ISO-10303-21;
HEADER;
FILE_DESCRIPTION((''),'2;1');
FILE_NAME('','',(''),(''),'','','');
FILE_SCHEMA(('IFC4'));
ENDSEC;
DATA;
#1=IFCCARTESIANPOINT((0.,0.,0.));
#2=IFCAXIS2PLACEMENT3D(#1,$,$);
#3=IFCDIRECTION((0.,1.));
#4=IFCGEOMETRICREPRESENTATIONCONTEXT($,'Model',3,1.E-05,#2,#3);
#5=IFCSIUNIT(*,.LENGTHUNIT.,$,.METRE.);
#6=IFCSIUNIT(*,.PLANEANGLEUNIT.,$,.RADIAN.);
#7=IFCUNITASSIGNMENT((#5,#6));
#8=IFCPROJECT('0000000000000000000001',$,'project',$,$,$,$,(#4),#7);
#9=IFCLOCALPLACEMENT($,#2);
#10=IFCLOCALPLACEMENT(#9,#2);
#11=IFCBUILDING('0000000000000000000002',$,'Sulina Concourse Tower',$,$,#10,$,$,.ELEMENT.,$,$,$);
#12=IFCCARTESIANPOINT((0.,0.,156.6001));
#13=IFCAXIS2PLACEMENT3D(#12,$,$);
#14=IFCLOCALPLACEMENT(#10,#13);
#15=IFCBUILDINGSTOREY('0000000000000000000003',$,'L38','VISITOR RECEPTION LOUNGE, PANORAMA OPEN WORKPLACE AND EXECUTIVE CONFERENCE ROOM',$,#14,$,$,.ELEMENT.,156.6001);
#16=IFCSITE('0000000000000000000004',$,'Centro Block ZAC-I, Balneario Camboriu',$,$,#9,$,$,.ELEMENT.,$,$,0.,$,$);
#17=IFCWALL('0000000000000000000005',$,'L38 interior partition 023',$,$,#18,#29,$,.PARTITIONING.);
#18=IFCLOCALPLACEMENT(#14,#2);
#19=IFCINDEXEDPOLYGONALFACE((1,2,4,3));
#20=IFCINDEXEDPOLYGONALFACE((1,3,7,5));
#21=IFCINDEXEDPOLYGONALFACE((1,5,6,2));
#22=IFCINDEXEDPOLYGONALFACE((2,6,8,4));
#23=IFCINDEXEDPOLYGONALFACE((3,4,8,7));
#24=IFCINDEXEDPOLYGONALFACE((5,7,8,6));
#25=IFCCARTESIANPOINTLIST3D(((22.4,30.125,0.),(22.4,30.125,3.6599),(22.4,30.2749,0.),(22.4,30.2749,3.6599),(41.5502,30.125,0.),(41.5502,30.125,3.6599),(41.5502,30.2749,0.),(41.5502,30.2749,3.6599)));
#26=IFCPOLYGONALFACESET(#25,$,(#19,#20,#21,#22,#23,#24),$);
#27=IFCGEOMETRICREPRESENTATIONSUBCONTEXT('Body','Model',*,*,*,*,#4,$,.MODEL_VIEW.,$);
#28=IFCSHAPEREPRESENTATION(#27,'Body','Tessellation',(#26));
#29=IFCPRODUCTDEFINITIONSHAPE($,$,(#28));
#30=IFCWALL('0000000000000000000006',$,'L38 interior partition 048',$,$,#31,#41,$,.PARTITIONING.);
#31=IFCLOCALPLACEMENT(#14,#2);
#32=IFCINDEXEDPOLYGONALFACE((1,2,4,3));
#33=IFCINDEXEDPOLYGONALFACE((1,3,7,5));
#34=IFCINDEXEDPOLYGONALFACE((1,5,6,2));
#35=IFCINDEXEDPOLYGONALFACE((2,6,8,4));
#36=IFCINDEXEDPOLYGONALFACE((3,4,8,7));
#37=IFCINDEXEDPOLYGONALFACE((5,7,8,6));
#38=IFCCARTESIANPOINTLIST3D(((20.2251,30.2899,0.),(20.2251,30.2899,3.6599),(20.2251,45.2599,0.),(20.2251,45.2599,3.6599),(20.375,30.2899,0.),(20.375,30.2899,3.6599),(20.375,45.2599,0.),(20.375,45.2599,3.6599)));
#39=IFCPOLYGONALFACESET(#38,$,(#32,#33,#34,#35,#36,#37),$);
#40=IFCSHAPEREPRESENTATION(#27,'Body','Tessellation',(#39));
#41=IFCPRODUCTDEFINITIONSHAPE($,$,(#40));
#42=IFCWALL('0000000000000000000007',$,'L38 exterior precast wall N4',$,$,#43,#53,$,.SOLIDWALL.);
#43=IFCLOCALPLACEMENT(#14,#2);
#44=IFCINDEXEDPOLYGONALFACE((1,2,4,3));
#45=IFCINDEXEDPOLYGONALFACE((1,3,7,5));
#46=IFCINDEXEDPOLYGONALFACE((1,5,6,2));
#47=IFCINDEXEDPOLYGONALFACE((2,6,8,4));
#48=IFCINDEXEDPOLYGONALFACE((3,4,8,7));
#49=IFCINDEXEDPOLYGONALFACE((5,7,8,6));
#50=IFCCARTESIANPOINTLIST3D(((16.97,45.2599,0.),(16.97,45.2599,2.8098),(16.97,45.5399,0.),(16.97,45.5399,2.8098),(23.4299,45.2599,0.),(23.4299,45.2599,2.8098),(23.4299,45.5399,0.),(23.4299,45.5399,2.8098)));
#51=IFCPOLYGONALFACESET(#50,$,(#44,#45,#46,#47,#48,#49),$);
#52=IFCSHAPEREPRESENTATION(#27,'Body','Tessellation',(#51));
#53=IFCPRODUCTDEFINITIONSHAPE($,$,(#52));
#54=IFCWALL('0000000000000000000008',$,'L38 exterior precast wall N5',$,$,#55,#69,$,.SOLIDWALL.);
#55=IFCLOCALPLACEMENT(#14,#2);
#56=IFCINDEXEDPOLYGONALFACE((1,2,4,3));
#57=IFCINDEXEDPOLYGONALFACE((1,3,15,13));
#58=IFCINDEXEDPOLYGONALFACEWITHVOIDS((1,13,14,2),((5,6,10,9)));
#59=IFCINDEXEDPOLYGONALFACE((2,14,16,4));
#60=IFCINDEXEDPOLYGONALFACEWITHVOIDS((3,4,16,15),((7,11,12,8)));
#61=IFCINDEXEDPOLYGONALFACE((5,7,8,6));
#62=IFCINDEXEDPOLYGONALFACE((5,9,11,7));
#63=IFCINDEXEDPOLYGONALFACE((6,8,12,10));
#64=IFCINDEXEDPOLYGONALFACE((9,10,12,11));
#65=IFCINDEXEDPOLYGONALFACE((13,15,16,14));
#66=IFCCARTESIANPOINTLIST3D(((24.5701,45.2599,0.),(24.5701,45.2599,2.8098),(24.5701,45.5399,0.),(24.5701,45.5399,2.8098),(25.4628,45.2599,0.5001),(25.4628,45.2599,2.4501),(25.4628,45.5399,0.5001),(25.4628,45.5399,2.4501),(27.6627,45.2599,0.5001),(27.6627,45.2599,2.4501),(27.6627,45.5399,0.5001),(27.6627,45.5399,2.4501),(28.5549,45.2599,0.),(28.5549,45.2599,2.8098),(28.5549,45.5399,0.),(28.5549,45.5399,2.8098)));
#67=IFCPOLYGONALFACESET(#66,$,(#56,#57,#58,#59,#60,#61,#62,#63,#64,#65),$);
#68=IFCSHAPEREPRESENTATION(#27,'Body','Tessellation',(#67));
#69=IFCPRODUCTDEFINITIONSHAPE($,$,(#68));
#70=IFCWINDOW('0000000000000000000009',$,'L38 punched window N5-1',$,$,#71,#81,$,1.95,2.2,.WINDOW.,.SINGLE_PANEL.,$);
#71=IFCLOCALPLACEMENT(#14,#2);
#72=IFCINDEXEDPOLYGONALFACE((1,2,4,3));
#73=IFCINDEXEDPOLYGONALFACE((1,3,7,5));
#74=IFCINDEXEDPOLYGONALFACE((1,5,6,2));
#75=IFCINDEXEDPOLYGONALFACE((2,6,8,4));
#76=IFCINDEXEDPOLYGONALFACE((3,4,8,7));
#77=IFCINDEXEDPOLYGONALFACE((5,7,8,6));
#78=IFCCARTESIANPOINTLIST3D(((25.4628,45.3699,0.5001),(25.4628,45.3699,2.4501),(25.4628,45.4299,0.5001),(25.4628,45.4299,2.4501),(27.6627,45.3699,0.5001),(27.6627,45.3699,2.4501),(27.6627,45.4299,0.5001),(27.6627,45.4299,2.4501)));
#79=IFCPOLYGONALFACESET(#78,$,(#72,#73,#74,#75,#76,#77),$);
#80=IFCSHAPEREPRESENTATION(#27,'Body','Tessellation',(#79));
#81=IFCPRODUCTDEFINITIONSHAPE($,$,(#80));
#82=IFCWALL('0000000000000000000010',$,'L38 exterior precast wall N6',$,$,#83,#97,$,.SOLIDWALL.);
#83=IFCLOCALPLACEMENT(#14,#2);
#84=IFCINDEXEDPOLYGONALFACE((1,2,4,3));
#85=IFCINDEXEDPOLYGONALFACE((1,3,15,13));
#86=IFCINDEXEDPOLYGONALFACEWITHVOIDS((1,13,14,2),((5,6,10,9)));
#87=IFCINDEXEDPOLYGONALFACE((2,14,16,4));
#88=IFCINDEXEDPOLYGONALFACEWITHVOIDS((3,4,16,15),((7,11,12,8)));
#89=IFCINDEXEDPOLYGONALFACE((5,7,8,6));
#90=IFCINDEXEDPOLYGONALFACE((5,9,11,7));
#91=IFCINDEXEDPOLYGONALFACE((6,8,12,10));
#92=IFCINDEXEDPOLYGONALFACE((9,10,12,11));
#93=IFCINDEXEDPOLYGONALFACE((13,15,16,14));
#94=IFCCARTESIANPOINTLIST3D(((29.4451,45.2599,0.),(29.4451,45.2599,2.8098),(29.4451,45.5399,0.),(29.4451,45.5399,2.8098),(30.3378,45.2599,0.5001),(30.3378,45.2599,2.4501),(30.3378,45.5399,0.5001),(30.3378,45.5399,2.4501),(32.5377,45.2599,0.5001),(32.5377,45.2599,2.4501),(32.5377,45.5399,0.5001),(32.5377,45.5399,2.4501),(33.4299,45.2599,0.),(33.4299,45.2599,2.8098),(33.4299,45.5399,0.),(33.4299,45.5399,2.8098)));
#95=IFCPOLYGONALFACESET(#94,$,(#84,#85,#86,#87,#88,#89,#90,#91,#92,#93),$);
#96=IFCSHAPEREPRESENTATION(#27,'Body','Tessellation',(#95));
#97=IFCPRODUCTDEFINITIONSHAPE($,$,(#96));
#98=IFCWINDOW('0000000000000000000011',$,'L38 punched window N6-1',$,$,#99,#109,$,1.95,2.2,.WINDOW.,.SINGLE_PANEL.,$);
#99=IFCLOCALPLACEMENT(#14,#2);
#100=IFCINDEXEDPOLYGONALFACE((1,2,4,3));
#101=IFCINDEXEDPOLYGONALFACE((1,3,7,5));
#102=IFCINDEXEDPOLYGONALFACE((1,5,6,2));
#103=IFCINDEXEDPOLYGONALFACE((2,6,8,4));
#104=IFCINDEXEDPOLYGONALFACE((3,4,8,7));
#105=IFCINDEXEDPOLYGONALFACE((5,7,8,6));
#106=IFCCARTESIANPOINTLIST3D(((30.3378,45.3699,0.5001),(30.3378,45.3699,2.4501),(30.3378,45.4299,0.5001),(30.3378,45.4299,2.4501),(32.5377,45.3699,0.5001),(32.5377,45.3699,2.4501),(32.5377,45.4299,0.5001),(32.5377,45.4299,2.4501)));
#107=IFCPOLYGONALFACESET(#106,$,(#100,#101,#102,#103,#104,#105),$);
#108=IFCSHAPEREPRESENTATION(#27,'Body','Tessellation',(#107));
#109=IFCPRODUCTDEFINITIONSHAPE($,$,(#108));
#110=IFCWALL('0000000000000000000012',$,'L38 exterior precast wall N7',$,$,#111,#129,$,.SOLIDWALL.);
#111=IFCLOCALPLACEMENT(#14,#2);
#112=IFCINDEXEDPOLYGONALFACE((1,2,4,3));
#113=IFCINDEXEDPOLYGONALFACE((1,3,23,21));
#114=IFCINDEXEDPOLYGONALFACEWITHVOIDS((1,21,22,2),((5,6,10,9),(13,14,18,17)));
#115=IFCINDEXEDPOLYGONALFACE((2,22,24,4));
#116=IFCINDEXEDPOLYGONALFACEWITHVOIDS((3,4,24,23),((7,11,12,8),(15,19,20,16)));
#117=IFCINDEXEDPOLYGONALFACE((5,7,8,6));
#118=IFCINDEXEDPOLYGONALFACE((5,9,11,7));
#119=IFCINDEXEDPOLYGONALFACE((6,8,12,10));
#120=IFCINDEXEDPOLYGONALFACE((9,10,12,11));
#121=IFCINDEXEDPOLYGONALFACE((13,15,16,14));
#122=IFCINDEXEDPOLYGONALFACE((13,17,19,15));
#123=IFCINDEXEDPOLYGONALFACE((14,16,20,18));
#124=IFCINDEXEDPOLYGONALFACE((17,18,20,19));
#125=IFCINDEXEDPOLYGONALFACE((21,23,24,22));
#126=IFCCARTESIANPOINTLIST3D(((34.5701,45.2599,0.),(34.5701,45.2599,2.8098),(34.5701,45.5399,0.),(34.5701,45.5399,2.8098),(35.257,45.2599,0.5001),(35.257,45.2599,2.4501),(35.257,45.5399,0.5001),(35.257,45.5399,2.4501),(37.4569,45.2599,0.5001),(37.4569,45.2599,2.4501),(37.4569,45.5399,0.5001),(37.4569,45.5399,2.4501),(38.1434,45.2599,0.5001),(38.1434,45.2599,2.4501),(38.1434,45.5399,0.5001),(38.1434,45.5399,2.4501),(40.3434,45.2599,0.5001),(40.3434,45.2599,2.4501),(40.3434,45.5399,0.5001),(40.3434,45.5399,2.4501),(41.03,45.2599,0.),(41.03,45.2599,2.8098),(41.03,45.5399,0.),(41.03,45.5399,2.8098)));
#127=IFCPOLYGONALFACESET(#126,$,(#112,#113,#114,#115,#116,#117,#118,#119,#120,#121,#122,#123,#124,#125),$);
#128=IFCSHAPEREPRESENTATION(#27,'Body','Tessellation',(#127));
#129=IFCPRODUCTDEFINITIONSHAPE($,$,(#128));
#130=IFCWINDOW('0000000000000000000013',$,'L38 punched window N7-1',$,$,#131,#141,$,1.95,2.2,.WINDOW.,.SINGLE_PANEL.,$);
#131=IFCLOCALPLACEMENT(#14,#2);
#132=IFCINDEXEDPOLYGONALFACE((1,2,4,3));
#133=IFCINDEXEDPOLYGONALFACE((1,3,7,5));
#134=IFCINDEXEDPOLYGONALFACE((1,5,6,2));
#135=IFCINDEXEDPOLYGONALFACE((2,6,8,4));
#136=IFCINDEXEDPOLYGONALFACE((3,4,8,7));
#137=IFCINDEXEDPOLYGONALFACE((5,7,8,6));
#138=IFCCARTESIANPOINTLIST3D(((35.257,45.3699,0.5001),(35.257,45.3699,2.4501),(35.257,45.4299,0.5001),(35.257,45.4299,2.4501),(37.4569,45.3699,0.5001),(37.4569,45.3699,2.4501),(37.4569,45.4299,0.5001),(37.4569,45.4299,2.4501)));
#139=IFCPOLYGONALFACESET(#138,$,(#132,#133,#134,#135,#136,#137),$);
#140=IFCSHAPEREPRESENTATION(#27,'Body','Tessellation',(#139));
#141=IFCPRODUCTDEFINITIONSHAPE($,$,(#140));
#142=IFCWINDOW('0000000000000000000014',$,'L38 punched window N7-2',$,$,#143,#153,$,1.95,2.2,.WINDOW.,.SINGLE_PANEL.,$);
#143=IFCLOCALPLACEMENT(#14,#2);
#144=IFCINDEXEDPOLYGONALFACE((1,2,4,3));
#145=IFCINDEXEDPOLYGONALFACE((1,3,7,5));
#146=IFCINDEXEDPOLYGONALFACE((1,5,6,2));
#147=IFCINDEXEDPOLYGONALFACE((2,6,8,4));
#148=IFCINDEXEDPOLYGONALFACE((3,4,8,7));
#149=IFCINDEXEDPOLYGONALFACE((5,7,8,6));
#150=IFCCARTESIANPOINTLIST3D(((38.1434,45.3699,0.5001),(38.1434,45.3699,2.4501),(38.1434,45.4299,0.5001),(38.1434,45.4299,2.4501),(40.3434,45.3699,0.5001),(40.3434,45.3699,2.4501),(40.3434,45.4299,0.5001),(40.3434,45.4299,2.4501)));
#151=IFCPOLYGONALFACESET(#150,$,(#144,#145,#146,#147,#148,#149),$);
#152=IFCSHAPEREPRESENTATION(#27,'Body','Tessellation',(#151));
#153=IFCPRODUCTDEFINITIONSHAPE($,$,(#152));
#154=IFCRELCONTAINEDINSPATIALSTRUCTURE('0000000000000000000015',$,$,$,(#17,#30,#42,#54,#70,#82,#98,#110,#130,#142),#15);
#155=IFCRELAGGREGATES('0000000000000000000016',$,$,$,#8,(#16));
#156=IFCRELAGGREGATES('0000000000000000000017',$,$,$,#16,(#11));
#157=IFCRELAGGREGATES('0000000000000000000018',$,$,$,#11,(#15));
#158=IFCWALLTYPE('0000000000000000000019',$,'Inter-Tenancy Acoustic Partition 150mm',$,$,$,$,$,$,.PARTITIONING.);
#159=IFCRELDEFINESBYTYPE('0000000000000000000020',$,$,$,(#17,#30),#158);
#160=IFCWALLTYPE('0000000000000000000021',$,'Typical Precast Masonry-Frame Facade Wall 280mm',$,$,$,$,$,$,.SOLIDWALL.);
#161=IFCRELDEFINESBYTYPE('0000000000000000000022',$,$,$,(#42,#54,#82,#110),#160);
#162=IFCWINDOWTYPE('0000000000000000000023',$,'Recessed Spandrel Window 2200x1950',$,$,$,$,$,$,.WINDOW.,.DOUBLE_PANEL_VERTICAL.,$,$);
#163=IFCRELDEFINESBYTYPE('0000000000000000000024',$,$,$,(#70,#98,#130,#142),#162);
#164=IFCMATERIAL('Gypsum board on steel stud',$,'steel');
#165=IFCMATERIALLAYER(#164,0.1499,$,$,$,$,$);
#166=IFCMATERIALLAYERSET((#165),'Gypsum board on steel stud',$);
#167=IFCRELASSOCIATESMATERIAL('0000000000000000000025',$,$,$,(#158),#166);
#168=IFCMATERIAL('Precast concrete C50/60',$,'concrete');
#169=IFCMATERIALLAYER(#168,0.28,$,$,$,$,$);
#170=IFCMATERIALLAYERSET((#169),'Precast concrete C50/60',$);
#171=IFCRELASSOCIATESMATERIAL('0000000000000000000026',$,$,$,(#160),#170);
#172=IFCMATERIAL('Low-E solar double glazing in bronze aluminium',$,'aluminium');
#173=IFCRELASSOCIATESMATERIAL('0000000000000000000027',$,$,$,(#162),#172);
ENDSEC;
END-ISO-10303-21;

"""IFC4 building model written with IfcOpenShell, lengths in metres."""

from ifc_helpers import new_model, si_unit, direction, frame, frame_2d, origin, place, context, subcontext, project, spatial, rectangle, extrude, material, layer, layer_set, type_object, element, fill, save


model = new_model("IFC4")

# Units and contexts
model_context = context("Model", 3, precision=1e-05, world=origin(), true_north=direction((0.0, 1.0)))
body_context = subcontext(model_context, "Body", "Model", "MODEL_VIEW")
ifc_project = project(units=[si_unit("LENGTHUNIT", "METRE"), si_unit("PLANEANGLEUNIT", "RADIAN")], contexts=[model_context])

# Site, building, storey
site_placement = place(None, origin())
site = spatial("IfcSite", under=ifc_project, at=site_placement, Name="Centro Block ZAC-I, Balneario Camboriu", CompositionType="ELEMENT", RefElevation=0.0)
building_placement = place(site_placement, origin())
building = spatial("IfcBuilding", under=site, at=building_placement, Name="Sulina Concourse Tower", CompositionType="ELEMENT")
storey_placement = place(building_placement, frame((0.0, 0.0, 156.6001)))
storey = spatial("IfcBuildingStorey", under=building, at=storey_placement, Name="L38", Description="VISITOR RECEPTION LOUNGE, PANORAMA OPEN WORKPLACE AND EXECUTIVE CONFERENCE ROOM", CompositionType="ELEMENT", Elevation=156.6001)

# Walls
ifc_material_1 = material(Name="Gypsum board on steel stud", Category="steel")
ifc_layer_1 = layer(ifc_material_1, 0.1499)
ifc_layer_set_1 = layer_set([ifc_layer_1], Name="Gypsum board on steel stud")
wall_type_1 = type_object("IfcWallType", Name="Inter-Tenancy Acoustic Partition 150mm", PredefinedType="PARTITIONING", material=ifc_layer_set_1)
wall_1_placement = place(storey_placement, frame((22.3999, 30.2, 0.0), z_axis=(0.0, 0.0, 1.0), x_axis=(1.0, 0.0, 0.0)))
element("IfcWall", 1, at=wall_1_placement, inside=storey, type_object=wall_type_1, Name="L38 interior partition 023", PredefinedType="PARTITIONING", context=body_context, shape_type="SweptSolid", body=[
    extrude(rectangle(XDim=19.1501, YDim=0.1499, at=frame_2d((9.5752, 0.0))), origin(), (0.0, 0.0, 1.0), 3.6599),
])
wall_2_placement = place(storey_placement, frame((20.3, 30.29, 0.0), z_axis=(0.0, 0.0, 1.0), x_axis=(0.0, 1.0, 0.0)))
element("IfcWall", 2, at=wall_2_placement, inside=storey, type_object=wall_type_1, Name="L38 interior partition 048", PredefinedType="PARTITIONING", context=body_context, shape_type="SweptSolid", body=[
    extrude(rectangle(XDim=14.97, YDim=0.1499, at=frame_2d((7.4849, 0.0))), origin(), (0.0, 0.0, 1.0), 3.6599),
])

# Wall
ifc_material_2 = material(Name="Precast concrete C50/60", Category="concrete")
ifc_layer_2 = layer(ifc_material_2, 0.28)
ifc_layer_set_2 = layer_set([ifc_layer_2], Name="Precast concrete C50/60")
wall_type_2 = type_object("IfcWallType", Name="Typical Precast Masonry-Frame Facade Wall 280mm", PredefinedType="SOLIDWALL", material=ifc_layer_set_2)
wall_3_placement = place(storey_placement, frame((16.97, 45.3999, 0.0), z_axis=(0.0, 0.0, 1.0), x_axis=(1.0, 0.0, 0.0)))
element("IfcWall", 3, at=wall_3_placement, inside=storey, type_object=wall_type_2, Name="L38 exterior precast wall N4", PredefinedType="SOLIDWALL", context=body_context, shape_type="SweptSolid", body=[
    extrude(rectangle(XDim=6.46, YDim=0.28, at=frame_2d((3.23, 0.0))), origin(), (0.0, 0.0, 1.0), 2.8098),
])

# Walls, openings, windows
wall_4_placement = place(storey_placement, frame((24.5701, 45.3999, 0.0), z_axis=(0.0, 0.0, 1.0), x_axis=(1.0, 0.0, 0.0)))
wall_4 = element("IfcWall", 4, at=wall_4_placement, inside=storey, type_object=wall_type_2, Name="L38 exterior precast wall N5", PredefinedType="SOLIDWALL", context=body_context, shape_type="SweptSolid", body=[
    extrude(rectangle(XDim=3.9849, YDim=0.28, at=frame_2d((1.9924, 0.0))), origin(), (0.0, 0.0, 1.0), 2.8098),
])
opening_1_placement = place(wall_4_placement, frame((0.8926, 0.0, 0.5)))
opening_1 = element("IfcOpeningElement", 5, at=opening_1_placement, cuts=wall_4, PredefinedType="OPENING", context=body_context, shape_type="SweptSolid", body=[
    extrude(rectangle(XDim=2.2, YDim=1.95, at=frame_2d((1.1001, 0.9751))), frame((0.0, 0.1499, 0.0), z_axis=(0.0, -1.0, 0.0), x_axis=(1.0, 0.0, 0.0)), (0.0, 0.0, 1.0), 0.3),
])
ifc_material_3 = material(Name="Low-E solar double glazing in bronze aluminium", Category="aluminium")
window_type = type_object("IfcWindowType", Name="Recessed Spandrel Window 2200x1950", PartitioningType="DOUBLE_PANEL_VERTICAL", PredefinedType="WINDOW", material=ifc_material_3)
window_1_placement = place(opening_1_placement, origin())
window_1 = element("IfcWindow", 6, at=window_1_placement, inside=storey, type_object=window_type, Name="L38 punched window N5-1", OverallHeight=1.95, OverallWidth=2.2, PartitioningType="SINGLE_PANEL", PredefinedType="WINDOW", context=body_context, shape_type="SweptSolid", body=[
    extrude(rectangle(XDim=2.2, YDim=1.95, at=frame_2d((1.1001, 0.9751))), frame((0.0, 0.03, 0.0), z_axis=(0.0, -1.0, 0.0), x_axis=(1.0, 0.0, 0.0)), (0.0, 0.0, 1.0), 0.0601),
])
fill(opening_1, window_1)
wall_5_placement = place(storey_placement, frame((29.4451, 45.3999, 0.0), z_axis=(0.0, 0.0, 1.0), x_axis=(1.0, 0.0, 0.0)))
wall_5 = element("IfcWall", 7, at=wall_5_placement, inside=storey, type_object=wall_type_2, Name="L38 exterior precast wall N6", PredefinedType="SOLIDWALL", context=body_context, shape_type="SweptSolid", body=[
    extrude(rectangle(XDim=3.9849, YDim=0.28, at=frame_2d((1.9924, 0.0))), origin(), (0.0, 0.0, 1.0), 2.8098),
])
opening_2_placement = place(wall_5_placement, frame((0.8926, 0.0, 0.5)))
opening_2 = element("IfcOpeningElement", 8, at=opening_2_placement, cuts=wall_5, PredefinedType="OPENING", context=body_context, shape_type="SweptSolid", body=[
    extrude(rectangle(XDim=2.2, YDim=1.95, at=frame_2d((1.1001, 0.9751))), frame((0.0, 0.1499, 0.0), z_axis=(0.0, -1.0, 0.0), x_axis=(1.0, 0.0, 0.0)), (0.0, 0.0, 1.0), 0.3),
])
window_2_placement = place(opening_2_placement, origin())
window_2 = element("IfcWindow", 9, at=window_2_placement, inside=storey, type_object=window_type, Name="L38 punched window N6-1", OverallHeight=1.95, OverallWidth=2.2, PartitioningType="SINGLE_PANEL", PredefinedType="WINDOW", context=body_context, shape_type="SweptSolid", body=[
    extrude(rectangle(XDim=2.2, YDim=1.95, at=frame_2d((1.1001, 0.9751))), frame((0.0, 0.03, 0.0), z_axis=(0.0, -1.0, 0.0), x_axis=(1.0, 0.0, 0.0)), (0.0, 0.0, 1.0), 0.0601),
])
fill(opening_2, window_2)

# Wall, openings, windows
wall_6_placement = place(storey_placement, frame((34.5701, 45.3999, 0.0), z_axis=(0.0, 0.0, 1.0), x_axis=(1.0, 0.0, 0.0)))
wall_6 = element("IfcWall", 10, at=wall_6_placement, inside=storey, type_object=wall_type_2, Name="L38 exterior precast wall N7", PredefinedType="SOLIDWALL", context=body_context, shape_type="SweptSolid", body=[
    extrude(rectangle(XDim=6.46, YDim=0.28, at=frame_2d((3.23, 0.0))), origin(), (0.0, 0.0, 1.0), 2.8098),
])
opening_3_placement = place(wall_6_placement, frame((0.6868, 0.0, 0.5)))
opening_3 = element("IfcOpeningElement", 11, at=opening_3_placement, cuts=wall_6, PredefinedType="OPENING", context=body_context, shape_type="SweptSolid", body=[
    extrude(rectangle(XDim=2.2, YDim=1.95, at=frame_2d((1.1001, 0.9751))), frame((0.0, 0.1499, 0.0), z_axis=(0.0, -1.0, 0.0), x_axis=(1.0, 0.0, 0.0)), (0.0, 0.0, 1.0), 0.3),
])
opening_4_placement = place(wall_6_placement, frame((3.5732, 0.0, 0.5)))
opening_4 = element("IfcOpeningElement", 12, at=opening_4_placement, cuts=wall_6, PredefinedType="OPENING", context=body_context, shape_type="SweptSolid", body=[
    extrude(rectangle(XDim=2.2, YDim=1.95, at=frame_2d((1.1001, 0.9751))), frame((0.0, 0.1499, 0.0), z_axis=(0.0, -1.0, 0.0), x_axis=(1.0, 0.0, 0.0)), (0.0, 0.0, 1.0), 0.3),
])
window_3_placement = place(opening_3_placement, origin())
window_3 = element("IfcWindow", 13, at=window_3_placement, inside=storey, type_object=window_type, Name="L38 punched window N7-1", OverallHeight=1.95, OverallWidth=2.2, PartitioningType="SINGLE_PANEL", PredefinedType="WINDOW", context=body_context, shape_type="SweptSolid", body=[
    extrude(rectangle(XDim=2.2, YDim=1.95, at=frame_2d((1.1001, 0.9751))), frame((0.0, 0.03, 0.0), z_axis=(0.0, -1.0, 0.0), x_axis=(1.0, 0.0, 0.0)), (0.0, 0.0, 1.0), 0.0601),
])
fill(opening_3, window_3)
window_4_placement = place(opening_4_placement, origin())
window_4 = element("IfcWindow", 14, at=window_4_placement, inside=storey, type_object=window_type, Name="L38 punched window N7-2", OverallHeight=1.95, OverallWidth=2.2, PartitioningType="SINGLE_PANEL", PredefinedType="WINDOW", context=body_context, shape_type="SweptSolid", body=[
    extrude(rectangle(XDim=2.2, YDim=1.95, at=frame_2d((1.1001, 0.9751))), frame((0.0, 0.03, 0.0), z_axis=(0.0, -1.0, 0.0), x_axis=(1.0, 0.0, 0.0)), (0.0, 0.0, 1.0), 0.0601),
])
fill(opening_4, window_4)

save(model, "model.ifc")
